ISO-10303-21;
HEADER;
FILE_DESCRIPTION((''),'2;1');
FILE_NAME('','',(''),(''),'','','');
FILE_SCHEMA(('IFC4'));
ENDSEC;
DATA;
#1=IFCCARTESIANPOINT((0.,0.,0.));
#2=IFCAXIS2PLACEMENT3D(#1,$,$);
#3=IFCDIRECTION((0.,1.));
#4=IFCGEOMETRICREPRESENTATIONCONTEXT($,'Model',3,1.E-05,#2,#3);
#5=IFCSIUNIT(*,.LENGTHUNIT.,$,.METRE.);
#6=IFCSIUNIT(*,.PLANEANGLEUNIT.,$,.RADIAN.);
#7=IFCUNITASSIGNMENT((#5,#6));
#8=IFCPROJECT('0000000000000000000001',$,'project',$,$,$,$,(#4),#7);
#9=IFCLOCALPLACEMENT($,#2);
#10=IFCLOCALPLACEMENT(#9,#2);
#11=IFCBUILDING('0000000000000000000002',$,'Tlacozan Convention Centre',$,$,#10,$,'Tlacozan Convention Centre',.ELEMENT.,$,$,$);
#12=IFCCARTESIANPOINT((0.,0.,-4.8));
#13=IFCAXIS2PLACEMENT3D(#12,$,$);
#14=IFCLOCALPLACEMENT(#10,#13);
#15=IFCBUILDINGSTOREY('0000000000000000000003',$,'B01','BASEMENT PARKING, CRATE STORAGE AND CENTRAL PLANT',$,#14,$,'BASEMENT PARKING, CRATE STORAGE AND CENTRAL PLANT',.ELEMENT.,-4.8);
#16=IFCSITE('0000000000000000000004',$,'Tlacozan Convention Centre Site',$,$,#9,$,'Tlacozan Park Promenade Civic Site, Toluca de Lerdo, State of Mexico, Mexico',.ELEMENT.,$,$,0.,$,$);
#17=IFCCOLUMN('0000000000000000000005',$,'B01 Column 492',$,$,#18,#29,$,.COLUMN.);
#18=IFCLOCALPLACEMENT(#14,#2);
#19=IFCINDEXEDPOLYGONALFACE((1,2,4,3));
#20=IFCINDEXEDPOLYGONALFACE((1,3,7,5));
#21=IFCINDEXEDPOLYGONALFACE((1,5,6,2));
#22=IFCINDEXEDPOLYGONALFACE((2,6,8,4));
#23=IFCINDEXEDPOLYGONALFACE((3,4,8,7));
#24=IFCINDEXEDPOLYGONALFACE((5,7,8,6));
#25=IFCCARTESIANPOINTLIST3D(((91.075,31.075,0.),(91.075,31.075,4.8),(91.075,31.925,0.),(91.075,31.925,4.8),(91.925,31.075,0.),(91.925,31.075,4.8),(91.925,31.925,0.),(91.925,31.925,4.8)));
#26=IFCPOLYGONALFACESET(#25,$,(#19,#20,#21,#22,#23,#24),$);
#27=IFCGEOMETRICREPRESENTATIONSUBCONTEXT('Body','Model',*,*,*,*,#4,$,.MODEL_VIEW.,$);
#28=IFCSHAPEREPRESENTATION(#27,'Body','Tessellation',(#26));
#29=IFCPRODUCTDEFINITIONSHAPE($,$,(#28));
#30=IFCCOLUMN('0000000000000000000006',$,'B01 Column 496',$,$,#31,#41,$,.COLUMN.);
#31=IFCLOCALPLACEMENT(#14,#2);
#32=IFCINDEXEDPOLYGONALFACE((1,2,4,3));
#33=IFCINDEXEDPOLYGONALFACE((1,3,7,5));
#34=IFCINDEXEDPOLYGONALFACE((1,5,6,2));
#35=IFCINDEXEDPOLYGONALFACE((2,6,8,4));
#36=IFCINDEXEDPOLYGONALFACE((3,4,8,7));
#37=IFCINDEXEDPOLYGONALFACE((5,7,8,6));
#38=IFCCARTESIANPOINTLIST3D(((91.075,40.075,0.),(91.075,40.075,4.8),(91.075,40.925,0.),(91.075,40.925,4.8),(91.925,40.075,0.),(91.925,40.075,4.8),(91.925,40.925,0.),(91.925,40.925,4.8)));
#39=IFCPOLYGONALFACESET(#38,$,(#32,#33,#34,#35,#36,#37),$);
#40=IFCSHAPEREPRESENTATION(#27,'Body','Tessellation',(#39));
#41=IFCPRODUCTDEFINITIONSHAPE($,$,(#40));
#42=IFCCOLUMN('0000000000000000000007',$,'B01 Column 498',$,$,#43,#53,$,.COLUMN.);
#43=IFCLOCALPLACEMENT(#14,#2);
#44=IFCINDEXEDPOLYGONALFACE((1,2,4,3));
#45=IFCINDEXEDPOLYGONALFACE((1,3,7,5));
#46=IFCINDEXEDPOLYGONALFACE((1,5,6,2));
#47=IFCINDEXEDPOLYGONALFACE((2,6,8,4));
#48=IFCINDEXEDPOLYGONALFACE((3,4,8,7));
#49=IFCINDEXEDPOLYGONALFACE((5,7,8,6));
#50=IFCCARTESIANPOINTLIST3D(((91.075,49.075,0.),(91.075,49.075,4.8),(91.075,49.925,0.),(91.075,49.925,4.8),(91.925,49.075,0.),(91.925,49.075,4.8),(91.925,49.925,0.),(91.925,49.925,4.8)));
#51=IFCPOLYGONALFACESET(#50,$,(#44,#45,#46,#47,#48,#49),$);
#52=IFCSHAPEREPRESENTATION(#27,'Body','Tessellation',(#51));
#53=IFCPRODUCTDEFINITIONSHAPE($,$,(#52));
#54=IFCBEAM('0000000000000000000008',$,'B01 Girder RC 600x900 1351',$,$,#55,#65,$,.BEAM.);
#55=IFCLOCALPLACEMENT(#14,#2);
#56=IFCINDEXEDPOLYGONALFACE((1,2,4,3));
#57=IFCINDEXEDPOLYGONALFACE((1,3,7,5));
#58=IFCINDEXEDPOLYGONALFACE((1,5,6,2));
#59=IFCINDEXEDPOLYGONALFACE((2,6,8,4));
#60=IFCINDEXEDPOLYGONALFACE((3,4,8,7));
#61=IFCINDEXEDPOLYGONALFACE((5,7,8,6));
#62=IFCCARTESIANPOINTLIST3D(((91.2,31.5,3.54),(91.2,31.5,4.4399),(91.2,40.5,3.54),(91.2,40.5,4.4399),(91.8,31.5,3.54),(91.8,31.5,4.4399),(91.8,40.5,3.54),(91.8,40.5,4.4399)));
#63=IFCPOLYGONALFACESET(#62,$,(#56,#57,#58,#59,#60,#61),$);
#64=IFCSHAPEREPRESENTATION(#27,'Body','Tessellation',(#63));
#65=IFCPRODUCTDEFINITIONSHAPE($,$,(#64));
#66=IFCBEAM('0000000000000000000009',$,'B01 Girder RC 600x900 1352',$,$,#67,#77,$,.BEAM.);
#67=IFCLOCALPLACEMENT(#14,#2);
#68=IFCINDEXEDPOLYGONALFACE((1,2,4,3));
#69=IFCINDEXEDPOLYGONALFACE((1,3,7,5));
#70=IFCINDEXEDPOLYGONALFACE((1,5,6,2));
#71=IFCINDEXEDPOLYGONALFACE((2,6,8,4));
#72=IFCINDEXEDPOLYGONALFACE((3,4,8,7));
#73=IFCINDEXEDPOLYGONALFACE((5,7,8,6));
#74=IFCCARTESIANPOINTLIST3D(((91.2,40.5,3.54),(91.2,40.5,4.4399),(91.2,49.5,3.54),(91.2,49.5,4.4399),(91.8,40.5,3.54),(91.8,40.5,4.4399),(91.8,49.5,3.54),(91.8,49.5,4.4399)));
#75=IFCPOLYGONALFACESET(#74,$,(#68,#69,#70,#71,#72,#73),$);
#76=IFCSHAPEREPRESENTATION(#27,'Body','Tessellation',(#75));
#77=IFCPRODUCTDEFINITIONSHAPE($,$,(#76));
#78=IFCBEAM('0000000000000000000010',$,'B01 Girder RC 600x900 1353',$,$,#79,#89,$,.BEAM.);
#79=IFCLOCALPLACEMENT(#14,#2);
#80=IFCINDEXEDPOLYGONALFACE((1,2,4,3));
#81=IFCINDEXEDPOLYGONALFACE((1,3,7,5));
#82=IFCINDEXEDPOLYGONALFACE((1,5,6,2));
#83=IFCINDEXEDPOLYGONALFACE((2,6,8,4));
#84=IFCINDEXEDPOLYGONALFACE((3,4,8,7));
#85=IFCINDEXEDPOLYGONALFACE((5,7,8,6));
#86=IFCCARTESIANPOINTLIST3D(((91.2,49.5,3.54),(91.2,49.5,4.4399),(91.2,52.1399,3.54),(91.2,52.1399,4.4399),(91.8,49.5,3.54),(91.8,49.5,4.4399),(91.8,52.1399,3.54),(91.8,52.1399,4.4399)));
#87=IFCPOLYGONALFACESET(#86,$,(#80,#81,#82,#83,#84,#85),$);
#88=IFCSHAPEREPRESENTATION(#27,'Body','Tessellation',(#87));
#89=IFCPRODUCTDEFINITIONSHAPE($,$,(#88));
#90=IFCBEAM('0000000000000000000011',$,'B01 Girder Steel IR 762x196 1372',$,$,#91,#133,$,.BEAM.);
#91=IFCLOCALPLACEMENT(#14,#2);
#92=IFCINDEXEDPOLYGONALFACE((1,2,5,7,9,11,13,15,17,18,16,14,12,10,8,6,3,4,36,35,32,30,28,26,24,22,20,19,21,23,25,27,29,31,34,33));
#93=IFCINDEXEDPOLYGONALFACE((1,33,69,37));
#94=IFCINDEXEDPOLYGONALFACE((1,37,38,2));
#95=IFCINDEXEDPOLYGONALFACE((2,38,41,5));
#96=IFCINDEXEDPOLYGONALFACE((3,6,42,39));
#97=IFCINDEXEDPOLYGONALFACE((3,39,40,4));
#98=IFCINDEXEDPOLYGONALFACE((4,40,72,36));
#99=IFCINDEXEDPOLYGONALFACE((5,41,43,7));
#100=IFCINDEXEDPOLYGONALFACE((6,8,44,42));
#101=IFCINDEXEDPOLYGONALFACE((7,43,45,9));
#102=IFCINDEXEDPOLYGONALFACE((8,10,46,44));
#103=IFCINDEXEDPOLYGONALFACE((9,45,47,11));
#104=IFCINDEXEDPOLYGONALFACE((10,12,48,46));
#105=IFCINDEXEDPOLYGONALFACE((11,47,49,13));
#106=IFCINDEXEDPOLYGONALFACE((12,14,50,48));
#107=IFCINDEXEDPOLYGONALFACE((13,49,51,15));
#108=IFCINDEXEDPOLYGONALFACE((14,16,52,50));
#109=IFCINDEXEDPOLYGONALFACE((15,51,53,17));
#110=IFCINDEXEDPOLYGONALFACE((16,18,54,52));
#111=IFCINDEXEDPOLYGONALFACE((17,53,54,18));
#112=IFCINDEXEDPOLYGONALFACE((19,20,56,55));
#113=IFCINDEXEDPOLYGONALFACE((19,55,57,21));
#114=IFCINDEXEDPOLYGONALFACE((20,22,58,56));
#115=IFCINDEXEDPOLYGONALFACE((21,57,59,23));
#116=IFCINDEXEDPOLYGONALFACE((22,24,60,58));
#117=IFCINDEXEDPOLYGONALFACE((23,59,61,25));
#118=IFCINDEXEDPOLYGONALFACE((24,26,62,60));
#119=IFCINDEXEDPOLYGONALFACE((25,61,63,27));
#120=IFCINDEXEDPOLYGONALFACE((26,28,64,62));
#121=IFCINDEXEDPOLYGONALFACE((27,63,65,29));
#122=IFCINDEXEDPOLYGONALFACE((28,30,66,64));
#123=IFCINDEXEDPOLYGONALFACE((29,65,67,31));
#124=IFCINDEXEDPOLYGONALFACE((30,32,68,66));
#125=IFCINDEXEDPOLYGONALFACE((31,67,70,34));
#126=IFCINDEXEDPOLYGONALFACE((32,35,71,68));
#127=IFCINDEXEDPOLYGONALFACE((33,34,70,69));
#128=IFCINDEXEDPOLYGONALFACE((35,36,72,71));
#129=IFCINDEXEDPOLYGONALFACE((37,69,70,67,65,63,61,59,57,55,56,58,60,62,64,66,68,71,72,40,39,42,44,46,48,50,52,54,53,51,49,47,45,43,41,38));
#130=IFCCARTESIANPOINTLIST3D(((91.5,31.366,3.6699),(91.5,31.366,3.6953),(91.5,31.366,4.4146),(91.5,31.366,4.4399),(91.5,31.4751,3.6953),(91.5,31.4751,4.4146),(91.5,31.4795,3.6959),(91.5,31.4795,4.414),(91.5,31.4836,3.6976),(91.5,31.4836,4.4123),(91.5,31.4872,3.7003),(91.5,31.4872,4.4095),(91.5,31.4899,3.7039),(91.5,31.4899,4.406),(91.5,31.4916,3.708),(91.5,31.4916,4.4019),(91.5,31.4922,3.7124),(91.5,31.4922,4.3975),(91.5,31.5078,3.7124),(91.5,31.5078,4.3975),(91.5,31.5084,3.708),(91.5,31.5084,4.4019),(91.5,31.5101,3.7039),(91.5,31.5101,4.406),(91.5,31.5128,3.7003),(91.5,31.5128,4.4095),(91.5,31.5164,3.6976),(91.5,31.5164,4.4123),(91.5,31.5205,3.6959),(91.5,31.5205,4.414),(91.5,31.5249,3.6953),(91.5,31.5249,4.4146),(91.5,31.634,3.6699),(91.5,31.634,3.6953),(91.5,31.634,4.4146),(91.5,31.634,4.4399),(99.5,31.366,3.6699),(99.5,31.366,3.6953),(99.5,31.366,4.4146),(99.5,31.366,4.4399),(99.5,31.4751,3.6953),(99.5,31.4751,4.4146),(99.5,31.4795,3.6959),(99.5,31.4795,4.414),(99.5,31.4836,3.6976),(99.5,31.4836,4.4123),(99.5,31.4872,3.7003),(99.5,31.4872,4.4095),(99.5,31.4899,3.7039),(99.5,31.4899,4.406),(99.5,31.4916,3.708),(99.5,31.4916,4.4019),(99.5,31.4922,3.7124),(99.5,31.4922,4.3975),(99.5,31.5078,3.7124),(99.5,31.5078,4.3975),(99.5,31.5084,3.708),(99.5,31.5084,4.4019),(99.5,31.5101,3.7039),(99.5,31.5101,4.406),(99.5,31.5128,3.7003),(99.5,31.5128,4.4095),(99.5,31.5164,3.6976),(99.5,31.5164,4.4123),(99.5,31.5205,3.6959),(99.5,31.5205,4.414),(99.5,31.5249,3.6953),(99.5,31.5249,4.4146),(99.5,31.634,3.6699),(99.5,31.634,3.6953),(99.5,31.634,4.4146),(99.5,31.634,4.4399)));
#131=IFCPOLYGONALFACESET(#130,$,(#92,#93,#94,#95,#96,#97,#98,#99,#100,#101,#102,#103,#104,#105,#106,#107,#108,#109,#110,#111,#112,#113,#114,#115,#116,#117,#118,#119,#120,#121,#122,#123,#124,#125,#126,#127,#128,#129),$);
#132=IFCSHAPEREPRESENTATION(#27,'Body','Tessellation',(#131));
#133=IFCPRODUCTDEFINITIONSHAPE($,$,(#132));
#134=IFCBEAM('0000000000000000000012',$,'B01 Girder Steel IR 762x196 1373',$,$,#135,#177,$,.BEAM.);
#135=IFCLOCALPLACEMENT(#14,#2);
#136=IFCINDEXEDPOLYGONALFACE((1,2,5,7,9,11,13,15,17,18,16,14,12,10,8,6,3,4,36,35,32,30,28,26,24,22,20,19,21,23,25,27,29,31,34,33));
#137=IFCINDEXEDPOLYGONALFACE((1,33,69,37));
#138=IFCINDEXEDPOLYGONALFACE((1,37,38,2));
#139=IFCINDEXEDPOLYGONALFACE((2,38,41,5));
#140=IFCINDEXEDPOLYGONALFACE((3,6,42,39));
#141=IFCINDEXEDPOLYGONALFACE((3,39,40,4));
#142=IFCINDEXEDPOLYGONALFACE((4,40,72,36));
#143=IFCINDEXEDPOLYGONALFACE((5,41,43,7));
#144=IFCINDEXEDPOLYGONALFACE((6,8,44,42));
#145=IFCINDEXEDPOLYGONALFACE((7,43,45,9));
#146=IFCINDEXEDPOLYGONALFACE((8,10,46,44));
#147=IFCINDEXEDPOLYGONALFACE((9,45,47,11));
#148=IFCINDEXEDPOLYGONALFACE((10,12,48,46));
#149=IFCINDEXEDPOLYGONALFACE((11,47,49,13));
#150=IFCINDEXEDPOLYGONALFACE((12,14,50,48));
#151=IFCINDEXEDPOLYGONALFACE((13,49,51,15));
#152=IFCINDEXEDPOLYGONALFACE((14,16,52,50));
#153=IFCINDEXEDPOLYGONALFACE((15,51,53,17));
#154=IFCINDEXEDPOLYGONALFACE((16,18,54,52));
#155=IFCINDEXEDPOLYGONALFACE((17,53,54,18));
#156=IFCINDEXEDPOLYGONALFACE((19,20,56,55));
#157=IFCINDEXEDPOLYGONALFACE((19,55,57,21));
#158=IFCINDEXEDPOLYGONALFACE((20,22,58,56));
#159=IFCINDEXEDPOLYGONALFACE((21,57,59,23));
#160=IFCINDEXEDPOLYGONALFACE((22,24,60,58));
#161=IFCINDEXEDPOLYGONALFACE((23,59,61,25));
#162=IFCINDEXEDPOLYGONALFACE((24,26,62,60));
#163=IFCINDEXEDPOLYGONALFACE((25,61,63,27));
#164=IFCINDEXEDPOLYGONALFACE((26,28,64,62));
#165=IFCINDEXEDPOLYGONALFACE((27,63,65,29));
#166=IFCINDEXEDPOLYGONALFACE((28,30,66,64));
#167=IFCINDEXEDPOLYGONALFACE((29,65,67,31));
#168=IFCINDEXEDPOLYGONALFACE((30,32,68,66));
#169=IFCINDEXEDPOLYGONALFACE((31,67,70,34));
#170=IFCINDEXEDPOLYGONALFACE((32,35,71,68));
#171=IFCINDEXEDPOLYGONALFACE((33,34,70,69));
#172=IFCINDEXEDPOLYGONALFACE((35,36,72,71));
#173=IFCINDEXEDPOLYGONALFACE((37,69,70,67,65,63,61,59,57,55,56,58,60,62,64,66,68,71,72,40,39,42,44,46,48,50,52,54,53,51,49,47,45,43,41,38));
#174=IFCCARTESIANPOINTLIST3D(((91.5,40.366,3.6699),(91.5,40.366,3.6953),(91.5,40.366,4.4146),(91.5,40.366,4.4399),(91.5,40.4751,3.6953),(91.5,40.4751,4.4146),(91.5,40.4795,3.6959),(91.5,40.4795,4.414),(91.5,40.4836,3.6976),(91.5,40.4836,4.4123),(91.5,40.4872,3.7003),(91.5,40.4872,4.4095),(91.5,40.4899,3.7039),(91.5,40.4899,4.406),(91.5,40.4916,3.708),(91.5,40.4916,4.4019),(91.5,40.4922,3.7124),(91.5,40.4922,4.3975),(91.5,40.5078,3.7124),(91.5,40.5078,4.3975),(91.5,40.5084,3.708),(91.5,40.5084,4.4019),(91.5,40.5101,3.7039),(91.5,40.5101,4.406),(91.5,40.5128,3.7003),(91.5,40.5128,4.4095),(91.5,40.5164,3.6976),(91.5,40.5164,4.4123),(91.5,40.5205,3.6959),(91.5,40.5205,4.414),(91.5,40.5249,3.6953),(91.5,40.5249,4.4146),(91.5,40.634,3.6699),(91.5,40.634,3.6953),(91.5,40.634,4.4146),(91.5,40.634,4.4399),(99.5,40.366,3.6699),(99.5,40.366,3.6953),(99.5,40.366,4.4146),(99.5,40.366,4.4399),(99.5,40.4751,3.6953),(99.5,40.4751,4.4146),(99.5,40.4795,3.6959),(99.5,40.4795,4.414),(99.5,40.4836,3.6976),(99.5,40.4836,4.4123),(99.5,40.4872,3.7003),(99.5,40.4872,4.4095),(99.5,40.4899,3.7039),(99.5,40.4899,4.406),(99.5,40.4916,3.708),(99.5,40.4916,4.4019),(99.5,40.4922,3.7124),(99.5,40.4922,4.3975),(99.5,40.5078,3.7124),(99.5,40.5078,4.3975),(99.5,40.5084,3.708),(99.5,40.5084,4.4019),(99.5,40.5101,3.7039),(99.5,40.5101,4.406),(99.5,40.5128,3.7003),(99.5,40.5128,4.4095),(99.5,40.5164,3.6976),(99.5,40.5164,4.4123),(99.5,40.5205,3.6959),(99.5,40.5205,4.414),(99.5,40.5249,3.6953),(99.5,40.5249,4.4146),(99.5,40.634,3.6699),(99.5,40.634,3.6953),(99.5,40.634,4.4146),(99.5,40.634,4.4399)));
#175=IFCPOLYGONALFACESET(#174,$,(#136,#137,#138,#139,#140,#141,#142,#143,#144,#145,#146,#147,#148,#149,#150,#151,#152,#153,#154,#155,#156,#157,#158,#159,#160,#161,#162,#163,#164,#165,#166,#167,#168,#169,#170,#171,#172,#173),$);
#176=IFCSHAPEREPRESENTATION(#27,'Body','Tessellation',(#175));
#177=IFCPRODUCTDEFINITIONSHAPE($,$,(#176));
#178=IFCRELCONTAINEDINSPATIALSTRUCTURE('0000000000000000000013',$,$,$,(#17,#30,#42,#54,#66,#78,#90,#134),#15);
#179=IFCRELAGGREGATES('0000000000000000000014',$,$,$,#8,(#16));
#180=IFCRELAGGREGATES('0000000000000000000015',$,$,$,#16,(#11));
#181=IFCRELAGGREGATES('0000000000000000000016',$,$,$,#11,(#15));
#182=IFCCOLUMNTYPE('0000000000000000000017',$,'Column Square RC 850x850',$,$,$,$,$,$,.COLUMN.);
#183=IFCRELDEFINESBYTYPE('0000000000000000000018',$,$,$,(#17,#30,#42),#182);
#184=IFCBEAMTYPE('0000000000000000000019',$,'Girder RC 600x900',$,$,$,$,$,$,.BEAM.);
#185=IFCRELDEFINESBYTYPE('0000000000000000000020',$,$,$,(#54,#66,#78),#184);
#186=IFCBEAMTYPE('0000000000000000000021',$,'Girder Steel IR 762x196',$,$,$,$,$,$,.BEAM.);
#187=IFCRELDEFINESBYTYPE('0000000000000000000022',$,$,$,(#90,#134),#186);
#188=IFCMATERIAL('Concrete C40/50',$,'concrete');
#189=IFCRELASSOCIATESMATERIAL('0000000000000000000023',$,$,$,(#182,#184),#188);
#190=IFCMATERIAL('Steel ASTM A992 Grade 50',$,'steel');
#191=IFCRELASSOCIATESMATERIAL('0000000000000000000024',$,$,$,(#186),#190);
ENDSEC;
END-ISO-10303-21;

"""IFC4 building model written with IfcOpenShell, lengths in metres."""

from ifc_helpers import new_model, si_unit, direction, frame, origin, origin_2d, place, context, subcontext, project, spatial, rectangle, i_section, extrude, material, material_profile, profile_set, type_object, element, save


model = new_model("IFC4")

# Units and contexts
model_context = context("Model", 3, precision=1e-05, world=origin(), true_north=direction((0.0, 1.0)))
body_context = subcontext(model_context, "Body", "Model", "MODEL_VIEW")
ifc_project = project(units=[si_unit("LENGTHUNIT", "METRE"), si_unit("PLANEANGLEUNIT", "RADIAN")], contexts=[model_context])

# Site, building, storey
site_placement = place(None, origin())
site = spatial("IfcSite", under=ifc_project, at=site_placement, Name="Tlacozan Convention Centre Site", LongName="Tlacozan Park Promenade Civic Site, Toluca de Lerdo, State of Mexico, Mexico", CompositionType="ELEMENT", RefElevation=0.0)
building_placement = place(site_placement, origin())
building = spatial("IfcBuilding", under=site, at=building_placement, Name="Tlacozan Convention Centre", LongName="Tlacozan Convention Centre", CompositionType="ELEMENT")
storey_placement = place(building_placement, frame((0.0, 0.0, -4.8)))
storey = spatial("IfcBuildingStorey", under=building, at=storey_placement, Name="B01", Description="BASEMENT PARKING, CRATE STORAGE AND CENTRAL PLANT", LongName="BASEMENT PARKING, CRATE STORAGE AND CENTRAL PLANT", CompositionType="ELEMENT", Elevation=-4.8)

# Columns
ifc_material_1 = material(Name="Concrete C40/50", Category="concrete")
ifc_material_profile_1 = material_profile(ifc_material_1, rectangle(XDim=0.8501, YDim=0.8501, at=origin_2d()), Name="RC 850x850")
ifc_profile_set_1 = profile_set([ifc_material_profile_1], Name="Concrete C40/50")
column_type = type_object("IfcColumnType", Name="Column Square RC 850x850", PredefinedType="COLUMN", material=ifc_profile_set_1)
for number, where, z_axis, x_axis, name in (
    (1, (91.5, 31.5, 0.0), (0.0, 0.0, 1.0), (1.0, 0.0, 0.0), "B01 Column 492"),
    (2, (91.5, 40.5, 0.0), (0.0, 0.0, 1.0), (1.0, 0.0, 0.0), "B01 Column 496"),
    (3, (91.5, 49.5, 0.0), (0.0, 0.0, 1.0), (1.0, 0.0, 0.0), "B01 Column 498"),
):
    element("IfcColumn", number, at=place(storey_placement, frame(where, z_axis=z_axis, x_axis=x_axis)), inside=storey, type_object=column_type, Name=name, PredefinedType="COLUMN", context=body_context, shape_type="SweptSolid", body=[
        extrude(rectangle(XDim=0.8501, YDim=0.8501, at=origin_2d()), origin(), (0.0, 0.0, 1.0), 4.8),
    ])

# Beams
ifc_material_profile_2 = material_profile(ifc_material_1, rectangle(XDim=0.6001, YDim=0.8999, at=origin_2d()), Name="RC 600x900")
ifc_profile_set_2 = profile_set([ifc_material_profile_2], Name="Concrete C40/50")
beam_type_1 = type_object("IfcBeamType", Name="Girder RC 600x900", PredefinedType="BEAM", material=ifc_profile_set_2)
for number, where, z_axis, x_axis, name in (
    (4, (91.5, 31.5, 3.99), (0.0, 1.0, 0.0), (-1.0, 0.0, 0.0), "B01 Girder RC 600x900 1351"),
    (5, (91.5, 40.5, 3.99), (0.0, 1.0, 0.0), (-1.0, 0.0, 0.0), "B01 Girder RC 600x900 1352"),
):
    element("IfcBeam", number, at=place(storey_placement, frame(where, z_axis=z_axis, x_axis=x_axis)), inside=storey, type_object=beam_type_1, Name=name, PredefinedType="BEAM", context=body_context, shape_type="SweptSolid", body=[
        extrude(rectangle(XDim=0.6001, YDim=0.8999, at=origin_2d()), origin(), (0.0, 0.0, 1.0), 9.0),
    ])
beam_placement = place(storey_placement, frame((91.5, 49.5, 3.99), z_axis=(0.0, 1.0, 0.0), x_axis=(-1.0, 0.0, 0.0)))
element("IfcBeam", 6, at=beam_placement, inside=storey, type_object=beam_type_1, Name="B01 Girder RC 600x900 1353", PredefinedType="BEAM", context=body_context, shape_type="SweptSolid", body=[
    extrude(rectangle(XDim=0.6001, YDim=0.8999, at=origin_2d()), origin(), (0.0, 0.0, 1.0), 2.6399),
])
ifc_material_2 = material(Name="Steel ASTM A992 Grade 50", Category="steel")
ifc_material_profile_3 = material_profile(ifc_material_2, i_section(OverallWidth=0.2681, OverallDepth=0.77, WebThickness=0.0156, FlangeThickness=0.0254, FilletRadius=0.0171, at=origin_2d()), Name="IR 762x196.0")
ifc_profile_set_3 = profile_set([ifc_material_profile_3], Name="Steel ASTM A992 Grade 50")
beam_type_2 = type_object("IfcBeamType", Name="Girder Steel IR 762x196", PredefinedType="BEAM", material=ifc_profile_set_3)
for number, where, z_axis, x_axis, name in (
    (7, (91.5, 31.5, 4.0549), (1.0, 0.0, 0.0), (0.0, 1.0, 0.0), "B01 Girder Steel IR 762x196 1372"),
    (8, (91.5, 40.5, 4.0549), (1.0, 0.0, 0.0), (0.0, 1.0, 0.0), "B01 Girder Steel IR 762x196 1373"),
):
    element("IfcBeam", number, at=place(storey_placement, frame(where, z_axis=z_axis, x_axis=x_axis)), inside=storey, type_object=beam_type_2, Name=name, PredefinedType="BEAM", context=body_context, shape_type="SweptSolid", body=[
        extrude(i_section(OverallWidth=0.2681, OverallDepth=0.77, WebThickness=0.0156, FlangeThickness=0.0254, FilletRadius=0.0171, at=origin_2d()), origin(), (0.0, 0.0, 1.0), 8.0),
    ])

save(model, "model.ifc")
